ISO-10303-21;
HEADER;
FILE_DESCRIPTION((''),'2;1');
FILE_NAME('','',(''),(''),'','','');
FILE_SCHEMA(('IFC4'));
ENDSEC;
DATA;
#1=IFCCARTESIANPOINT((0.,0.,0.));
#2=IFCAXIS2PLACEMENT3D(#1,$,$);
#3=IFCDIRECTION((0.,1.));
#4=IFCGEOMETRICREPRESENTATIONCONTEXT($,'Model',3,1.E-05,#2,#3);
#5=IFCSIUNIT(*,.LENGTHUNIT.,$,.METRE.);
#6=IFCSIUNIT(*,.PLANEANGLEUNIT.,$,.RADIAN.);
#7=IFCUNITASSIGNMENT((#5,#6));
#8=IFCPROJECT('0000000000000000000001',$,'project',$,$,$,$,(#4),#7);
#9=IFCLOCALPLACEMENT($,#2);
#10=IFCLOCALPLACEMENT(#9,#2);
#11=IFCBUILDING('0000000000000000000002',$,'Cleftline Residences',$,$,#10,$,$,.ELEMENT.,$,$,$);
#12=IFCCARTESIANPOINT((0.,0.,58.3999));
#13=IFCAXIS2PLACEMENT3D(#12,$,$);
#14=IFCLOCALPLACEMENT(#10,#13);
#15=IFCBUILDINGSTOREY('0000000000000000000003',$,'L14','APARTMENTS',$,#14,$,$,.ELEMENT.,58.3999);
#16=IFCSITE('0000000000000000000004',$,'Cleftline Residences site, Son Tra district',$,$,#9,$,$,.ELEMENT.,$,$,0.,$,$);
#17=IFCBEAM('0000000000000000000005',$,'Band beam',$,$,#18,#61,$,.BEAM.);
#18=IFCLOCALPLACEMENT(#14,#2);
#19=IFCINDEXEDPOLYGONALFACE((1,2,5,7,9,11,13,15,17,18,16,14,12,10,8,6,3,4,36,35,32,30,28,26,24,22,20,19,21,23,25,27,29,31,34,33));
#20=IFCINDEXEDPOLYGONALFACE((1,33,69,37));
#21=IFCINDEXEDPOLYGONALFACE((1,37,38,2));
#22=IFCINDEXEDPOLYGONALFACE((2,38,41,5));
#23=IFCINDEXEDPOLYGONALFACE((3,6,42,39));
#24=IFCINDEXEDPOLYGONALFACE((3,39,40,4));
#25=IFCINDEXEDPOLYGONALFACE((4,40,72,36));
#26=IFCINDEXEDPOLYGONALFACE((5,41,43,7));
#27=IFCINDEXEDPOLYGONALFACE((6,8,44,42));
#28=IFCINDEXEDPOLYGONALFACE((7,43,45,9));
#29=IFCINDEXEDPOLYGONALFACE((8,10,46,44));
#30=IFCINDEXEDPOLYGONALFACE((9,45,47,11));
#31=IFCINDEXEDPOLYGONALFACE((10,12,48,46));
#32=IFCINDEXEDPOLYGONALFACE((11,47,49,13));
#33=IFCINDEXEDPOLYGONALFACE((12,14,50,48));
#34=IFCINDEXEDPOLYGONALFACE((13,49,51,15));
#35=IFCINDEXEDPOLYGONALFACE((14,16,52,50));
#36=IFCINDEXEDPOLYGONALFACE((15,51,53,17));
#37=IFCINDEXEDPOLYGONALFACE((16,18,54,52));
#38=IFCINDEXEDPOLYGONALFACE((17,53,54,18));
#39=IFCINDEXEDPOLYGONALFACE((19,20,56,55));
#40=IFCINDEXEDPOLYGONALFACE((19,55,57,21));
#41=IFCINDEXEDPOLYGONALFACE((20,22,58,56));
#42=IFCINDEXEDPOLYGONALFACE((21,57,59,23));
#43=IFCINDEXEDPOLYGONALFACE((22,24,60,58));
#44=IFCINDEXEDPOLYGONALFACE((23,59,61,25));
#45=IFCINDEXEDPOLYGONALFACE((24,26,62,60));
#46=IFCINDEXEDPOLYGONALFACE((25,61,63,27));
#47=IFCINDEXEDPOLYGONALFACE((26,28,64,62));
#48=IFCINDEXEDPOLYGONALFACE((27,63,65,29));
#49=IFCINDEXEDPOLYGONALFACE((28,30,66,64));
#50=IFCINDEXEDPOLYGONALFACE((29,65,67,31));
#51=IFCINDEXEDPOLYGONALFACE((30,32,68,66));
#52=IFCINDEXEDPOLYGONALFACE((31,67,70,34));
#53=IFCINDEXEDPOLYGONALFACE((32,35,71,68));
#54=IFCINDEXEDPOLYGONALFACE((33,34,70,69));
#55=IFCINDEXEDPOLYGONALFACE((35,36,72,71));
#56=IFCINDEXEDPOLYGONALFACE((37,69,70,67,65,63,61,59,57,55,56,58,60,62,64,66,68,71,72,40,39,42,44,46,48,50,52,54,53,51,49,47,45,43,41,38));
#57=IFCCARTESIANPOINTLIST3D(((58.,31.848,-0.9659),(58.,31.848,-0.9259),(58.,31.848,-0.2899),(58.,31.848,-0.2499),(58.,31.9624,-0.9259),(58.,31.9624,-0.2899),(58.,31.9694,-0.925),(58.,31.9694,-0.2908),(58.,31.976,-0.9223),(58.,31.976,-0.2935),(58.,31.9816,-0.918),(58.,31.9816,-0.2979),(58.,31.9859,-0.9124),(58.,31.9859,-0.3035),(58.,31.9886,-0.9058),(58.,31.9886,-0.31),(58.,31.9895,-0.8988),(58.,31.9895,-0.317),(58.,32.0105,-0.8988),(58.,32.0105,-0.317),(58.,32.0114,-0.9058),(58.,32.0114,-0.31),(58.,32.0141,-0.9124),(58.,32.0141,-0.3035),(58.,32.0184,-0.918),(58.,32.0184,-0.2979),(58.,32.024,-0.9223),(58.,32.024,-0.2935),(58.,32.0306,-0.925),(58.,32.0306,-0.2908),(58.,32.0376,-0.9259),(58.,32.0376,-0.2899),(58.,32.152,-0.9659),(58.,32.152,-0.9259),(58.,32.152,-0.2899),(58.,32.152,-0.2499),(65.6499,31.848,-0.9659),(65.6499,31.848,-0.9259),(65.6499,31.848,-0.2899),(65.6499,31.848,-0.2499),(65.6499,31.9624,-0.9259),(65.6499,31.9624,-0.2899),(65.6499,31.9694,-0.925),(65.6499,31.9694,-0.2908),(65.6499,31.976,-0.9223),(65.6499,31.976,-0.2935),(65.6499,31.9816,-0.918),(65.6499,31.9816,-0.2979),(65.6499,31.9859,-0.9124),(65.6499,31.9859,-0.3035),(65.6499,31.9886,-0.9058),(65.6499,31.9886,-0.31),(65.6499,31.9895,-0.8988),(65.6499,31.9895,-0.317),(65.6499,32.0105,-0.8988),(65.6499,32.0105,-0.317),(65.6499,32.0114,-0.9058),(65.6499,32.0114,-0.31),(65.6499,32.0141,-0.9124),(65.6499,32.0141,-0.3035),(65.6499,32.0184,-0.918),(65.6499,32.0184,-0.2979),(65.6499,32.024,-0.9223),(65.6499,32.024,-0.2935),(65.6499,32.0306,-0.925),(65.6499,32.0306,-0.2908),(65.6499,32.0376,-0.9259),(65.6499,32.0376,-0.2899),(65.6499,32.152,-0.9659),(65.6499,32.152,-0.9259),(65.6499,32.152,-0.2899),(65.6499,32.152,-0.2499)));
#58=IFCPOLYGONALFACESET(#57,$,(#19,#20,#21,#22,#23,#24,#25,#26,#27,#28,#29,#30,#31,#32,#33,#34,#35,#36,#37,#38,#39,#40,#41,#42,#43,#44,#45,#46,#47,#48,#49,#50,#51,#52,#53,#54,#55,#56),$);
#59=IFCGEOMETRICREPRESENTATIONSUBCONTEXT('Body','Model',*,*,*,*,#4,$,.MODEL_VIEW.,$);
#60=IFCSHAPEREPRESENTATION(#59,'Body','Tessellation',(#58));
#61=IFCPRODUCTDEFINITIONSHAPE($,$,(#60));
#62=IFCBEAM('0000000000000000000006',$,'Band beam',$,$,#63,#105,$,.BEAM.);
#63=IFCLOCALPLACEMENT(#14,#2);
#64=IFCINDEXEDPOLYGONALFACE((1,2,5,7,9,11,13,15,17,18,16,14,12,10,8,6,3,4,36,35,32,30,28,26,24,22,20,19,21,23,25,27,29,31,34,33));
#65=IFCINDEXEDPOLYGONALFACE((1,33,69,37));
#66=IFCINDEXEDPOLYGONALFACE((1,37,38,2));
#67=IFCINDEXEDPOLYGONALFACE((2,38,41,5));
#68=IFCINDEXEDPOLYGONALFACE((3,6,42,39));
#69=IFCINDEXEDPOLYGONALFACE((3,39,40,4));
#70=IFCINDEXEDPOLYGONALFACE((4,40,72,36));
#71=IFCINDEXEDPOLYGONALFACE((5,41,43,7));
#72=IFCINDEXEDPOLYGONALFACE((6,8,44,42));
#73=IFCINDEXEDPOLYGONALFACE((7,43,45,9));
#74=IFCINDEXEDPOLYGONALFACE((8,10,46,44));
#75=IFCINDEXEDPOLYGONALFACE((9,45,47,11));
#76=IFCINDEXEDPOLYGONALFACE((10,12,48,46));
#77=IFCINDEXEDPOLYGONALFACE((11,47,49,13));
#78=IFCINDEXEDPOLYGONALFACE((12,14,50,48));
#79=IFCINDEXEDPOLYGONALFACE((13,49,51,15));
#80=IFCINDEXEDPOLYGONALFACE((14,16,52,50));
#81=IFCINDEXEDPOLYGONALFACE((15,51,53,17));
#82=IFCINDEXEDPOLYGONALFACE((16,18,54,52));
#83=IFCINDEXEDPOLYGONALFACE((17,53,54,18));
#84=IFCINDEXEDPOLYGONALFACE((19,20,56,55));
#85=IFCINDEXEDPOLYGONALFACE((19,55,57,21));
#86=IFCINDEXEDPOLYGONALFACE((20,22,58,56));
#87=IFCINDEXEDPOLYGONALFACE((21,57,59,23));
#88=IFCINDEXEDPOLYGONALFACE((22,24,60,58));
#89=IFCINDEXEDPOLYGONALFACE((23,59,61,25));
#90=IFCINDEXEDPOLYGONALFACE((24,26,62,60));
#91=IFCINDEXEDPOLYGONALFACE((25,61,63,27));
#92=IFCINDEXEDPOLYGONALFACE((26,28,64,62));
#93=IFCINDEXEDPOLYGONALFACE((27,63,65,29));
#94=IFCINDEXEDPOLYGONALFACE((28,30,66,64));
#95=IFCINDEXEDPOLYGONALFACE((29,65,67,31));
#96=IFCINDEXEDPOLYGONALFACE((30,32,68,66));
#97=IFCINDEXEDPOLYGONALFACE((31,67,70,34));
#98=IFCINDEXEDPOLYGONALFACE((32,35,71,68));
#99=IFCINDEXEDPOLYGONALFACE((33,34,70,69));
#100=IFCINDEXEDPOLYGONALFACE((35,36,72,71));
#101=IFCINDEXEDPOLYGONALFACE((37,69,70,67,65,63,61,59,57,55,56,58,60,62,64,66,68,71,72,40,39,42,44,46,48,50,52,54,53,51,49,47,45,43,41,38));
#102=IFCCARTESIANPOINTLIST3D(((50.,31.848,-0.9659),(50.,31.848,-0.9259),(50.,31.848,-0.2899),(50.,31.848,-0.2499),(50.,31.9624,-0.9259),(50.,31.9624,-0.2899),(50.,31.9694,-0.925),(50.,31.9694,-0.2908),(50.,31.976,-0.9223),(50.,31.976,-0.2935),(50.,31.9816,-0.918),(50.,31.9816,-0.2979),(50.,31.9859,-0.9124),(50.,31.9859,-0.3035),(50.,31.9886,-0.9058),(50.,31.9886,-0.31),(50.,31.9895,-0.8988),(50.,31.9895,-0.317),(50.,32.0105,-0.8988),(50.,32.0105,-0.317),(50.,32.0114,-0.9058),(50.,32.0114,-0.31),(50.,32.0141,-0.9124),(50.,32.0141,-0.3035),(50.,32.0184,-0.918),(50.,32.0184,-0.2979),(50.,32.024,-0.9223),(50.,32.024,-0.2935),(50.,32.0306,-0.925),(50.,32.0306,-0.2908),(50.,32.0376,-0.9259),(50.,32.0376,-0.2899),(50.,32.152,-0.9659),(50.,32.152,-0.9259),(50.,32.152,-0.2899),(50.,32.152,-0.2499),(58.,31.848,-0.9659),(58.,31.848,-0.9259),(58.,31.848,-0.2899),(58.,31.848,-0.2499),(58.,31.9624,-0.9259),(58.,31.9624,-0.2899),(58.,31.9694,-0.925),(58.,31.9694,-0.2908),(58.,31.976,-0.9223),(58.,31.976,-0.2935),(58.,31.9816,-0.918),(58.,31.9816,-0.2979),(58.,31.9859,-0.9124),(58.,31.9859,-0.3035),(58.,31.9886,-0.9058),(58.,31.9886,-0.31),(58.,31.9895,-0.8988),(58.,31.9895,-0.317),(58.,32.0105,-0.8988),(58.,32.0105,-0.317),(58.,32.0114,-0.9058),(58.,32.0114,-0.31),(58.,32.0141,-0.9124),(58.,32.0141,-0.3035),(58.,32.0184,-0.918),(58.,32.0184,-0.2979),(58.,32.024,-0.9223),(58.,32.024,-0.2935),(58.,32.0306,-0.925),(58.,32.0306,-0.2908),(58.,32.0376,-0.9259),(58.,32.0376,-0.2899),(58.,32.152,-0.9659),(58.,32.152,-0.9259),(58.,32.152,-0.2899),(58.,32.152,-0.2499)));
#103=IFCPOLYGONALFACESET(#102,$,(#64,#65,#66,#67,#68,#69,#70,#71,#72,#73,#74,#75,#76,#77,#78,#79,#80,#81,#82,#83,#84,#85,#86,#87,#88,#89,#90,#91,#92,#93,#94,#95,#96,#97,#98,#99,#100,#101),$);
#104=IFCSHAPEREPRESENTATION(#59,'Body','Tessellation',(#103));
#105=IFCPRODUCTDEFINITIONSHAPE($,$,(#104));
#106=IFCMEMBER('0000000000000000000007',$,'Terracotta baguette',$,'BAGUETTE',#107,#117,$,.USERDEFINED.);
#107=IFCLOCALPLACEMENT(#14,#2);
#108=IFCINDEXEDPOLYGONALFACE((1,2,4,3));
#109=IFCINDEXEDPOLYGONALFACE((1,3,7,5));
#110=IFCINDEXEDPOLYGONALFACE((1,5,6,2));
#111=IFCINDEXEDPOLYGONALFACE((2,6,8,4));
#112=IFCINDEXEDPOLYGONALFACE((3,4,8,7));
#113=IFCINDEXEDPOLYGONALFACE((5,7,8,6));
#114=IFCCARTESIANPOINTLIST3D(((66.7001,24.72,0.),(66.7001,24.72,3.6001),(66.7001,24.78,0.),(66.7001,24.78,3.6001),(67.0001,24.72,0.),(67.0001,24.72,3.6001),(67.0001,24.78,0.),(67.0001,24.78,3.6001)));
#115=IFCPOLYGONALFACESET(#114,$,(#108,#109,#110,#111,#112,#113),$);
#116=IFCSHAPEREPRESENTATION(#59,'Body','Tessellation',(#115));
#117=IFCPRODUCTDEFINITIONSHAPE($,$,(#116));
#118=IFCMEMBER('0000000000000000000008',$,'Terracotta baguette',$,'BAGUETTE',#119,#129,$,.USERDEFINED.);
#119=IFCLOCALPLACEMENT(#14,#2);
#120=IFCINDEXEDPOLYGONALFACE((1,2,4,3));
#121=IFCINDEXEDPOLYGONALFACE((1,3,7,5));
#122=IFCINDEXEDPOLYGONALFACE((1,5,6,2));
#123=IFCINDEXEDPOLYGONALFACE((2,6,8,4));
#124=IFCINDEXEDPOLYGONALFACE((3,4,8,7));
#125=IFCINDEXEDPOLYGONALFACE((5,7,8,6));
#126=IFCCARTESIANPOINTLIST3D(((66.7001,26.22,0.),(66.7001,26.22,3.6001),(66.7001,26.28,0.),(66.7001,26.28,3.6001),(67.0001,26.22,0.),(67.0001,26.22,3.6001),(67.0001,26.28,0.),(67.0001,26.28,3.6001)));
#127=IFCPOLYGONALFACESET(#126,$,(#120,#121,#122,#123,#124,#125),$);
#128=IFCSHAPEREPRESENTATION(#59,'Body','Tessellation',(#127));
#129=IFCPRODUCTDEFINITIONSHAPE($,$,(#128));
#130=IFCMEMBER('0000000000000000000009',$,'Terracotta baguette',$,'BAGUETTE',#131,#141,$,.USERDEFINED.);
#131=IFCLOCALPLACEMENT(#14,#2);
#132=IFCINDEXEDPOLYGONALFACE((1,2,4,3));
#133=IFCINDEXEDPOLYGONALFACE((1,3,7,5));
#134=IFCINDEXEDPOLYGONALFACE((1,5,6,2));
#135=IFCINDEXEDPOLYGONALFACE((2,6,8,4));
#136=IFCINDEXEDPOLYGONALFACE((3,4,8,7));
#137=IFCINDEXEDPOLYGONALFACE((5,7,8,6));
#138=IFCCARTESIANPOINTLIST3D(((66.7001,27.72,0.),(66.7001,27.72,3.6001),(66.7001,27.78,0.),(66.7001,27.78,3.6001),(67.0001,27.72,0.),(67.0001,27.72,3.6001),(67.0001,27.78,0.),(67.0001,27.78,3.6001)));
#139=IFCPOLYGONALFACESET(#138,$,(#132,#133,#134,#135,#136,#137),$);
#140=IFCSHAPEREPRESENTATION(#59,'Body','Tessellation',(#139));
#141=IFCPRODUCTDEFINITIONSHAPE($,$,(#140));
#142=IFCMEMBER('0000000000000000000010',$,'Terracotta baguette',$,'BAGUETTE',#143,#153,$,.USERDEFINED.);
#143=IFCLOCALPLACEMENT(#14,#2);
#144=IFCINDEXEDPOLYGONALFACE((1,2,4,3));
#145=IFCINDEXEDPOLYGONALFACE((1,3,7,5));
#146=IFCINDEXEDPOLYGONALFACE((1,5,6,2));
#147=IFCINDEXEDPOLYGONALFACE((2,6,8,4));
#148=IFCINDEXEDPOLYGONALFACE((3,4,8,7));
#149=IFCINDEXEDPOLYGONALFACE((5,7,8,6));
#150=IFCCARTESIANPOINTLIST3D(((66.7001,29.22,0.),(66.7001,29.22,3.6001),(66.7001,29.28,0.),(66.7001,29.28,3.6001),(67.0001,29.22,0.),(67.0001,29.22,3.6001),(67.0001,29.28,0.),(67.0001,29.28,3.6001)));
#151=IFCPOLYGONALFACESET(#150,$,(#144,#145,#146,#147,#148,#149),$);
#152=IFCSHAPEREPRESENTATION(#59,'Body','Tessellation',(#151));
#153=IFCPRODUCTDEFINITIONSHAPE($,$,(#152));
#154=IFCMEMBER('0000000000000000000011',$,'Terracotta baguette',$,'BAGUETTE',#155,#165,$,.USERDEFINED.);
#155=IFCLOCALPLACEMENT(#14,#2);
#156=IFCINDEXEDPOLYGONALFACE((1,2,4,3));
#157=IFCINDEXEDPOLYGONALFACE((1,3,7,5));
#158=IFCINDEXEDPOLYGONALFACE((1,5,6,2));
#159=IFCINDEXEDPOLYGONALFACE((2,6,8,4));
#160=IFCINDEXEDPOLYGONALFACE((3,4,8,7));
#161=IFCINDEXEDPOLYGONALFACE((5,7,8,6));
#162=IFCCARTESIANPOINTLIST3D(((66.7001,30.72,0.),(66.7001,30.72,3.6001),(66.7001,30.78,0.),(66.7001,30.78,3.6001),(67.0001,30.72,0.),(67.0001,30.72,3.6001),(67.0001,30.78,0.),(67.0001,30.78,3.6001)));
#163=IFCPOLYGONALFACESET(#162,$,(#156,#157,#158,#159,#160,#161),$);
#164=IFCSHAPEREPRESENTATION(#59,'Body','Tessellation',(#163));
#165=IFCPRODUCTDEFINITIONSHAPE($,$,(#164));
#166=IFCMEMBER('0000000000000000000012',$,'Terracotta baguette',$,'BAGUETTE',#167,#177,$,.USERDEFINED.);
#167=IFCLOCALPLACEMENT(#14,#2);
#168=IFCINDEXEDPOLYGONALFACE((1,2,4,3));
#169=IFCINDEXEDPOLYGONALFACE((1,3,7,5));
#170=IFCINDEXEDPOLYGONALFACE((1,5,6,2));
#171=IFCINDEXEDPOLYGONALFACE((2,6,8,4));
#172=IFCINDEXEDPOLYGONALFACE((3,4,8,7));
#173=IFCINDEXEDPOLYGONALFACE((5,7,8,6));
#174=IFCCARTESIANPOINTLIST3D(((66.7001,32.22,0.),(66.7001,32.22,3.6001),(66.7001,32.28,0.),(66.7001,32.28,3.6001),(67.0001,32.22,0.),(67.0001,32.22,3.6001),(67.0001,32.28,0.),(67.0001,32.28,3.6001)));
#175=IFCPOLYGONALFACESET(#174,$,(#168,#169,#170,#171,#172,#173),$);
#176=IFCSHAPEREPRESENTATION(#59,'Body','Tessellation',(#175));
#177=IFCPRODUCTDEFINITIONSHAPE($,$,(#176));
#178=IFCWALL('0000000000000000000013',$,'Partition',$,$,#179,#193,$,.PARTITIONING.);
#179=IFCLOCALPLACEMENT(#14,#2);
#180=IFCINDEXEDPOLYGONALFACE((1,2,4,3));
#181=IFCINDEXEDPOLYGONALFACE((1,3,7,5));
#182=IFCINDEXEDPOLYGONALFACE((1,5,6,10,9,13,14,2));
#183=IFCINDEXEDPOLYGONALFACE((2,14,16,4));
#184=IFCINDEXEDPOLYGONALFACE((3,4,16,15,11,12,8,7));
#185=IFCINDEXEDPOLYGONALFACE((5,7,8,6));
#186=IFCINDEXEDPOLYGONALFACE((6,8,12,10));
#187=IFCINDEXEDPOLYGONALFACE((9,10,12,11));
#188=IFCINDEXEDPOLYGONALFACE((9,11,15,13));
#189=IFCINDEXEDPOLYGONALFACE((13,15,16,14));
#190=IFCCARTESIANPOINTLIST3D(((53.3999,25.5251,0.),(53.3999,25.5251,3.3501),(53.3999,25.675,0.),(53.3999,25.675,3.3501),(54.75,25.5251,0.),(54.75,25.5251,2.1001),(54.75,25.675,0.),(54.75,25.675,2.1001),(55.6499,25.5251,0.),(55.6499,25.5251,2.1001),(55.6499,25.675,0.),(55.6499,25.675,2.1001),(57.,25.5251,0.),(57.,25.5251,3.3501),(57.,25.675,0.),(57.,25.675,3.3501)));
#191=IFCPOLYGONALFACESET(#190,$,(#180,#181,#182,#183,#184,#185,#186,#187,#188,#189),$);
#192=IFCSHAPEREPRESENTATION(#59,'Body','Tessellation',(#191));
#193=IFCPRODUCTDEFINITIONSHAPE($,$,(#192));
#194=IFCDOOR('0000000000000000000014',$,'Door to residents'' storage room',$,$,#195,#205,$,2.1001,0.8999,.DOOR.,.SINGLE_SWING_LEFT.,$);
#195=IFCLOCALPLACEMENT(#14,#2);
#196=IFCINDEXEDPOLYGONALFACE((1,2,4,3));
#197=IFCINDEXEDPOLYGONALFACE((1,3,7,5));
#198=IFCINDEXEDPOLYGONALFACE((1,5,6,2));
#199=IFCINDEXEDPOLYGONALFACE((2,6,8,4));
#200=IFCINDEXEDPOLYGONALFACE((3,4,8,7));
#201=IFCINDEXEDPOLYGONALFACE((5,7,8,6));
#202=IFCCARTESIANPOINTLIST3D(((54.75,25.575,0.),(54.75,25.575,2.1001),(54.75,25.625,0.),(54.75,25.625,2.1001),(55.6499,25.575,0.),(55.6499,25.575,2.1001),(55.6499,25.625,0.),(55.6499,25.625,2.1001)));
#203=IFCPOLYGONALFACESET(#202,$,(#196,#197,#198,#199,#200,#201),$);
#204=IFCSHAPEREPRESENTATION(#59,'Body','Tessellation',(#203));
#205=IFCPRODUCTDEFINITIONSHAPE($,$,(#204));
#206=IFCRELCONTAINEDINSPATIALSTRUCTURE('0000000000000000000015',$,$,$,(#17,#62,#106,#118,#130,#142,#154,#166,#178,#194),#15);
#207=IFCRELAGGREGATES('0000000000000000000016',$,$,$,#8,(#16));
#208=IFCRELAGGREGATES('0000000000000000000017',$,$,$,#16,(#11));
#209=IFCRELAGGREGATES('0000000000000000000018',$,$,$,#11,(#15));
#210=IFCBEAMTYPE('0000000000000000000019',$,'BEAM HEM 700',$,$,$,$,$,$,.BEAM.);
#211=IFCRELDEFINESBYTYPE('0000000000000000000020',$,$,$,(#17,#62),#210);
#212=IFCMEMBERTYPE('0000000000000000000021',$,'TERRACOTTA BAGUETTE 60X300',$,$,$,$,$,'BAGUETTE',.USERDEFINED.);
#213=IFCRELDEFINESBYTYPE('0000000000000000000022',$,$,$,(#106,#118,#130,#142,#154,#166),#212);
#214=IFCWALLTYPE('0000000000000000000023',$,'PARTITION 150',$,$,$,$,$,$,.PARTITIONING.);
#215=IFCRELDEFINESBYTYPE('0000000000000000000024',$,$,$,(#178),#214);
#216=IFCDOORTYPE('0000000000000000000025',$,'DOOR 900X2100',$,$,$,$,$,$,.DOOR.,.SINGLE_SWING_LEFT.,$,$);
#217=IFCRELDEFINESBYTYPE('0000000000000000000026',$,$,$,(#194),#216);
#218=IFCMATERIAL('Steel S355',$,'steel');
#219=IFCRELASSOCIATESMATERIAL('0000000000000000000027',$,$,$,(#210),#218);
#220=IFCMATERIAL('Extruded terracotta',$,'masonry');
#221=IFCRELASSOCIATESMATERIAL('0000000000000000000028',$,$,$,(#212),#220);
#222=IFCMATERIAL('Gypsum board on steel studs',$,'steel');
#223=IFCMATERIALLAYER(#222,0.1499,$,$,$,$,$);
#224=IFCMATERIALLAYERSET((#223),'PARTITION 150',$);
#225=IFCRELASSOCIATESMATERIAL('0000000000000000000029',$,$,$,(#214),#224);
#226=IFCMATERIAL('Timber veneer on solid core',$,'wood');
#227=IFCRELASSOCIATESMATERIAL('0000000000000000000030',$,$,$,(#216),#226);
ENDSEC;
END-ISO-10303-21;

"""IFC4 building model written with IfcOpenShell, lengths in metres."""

from ifc_helpers import new_model, si_unit, direction, frame, frame_2d, origin, origin_2d, place, context, subcontext, project, spatial, rectangle, i_section, extrude, material, layer, layer_set, material_profile, profile_set, type_object, element, fill, save


model = new_model("IFC4")

# Units and contexts
model_context = context("Model", 3, precision=1e-05, world=origin(), true_north=direction((0.0, 1.0)))
body_context = subcontext(model_context, "Body", "Model", "MODEL_VIEW")
ifc_project = project(units=[si_unit("LENGTHUNIT", "METRE"), si_unit("PLANEANGLEUNIT", "RADIAN")], contexts=[model_context])

# Site, building, storey
site_placement = place(None, origin())
site = spatial("IfcSite", under=ifc_project, at=site_placement, Name="Cleftline Residences site, Son Tra district", CompositionType="ELEMENT", RefElevation=0.0)
building_placement = place(site_placement, origin())
building = spatial("IfcBuilding", under=site, at=building_placement, Name="Cleftline Residences", CompositionType="ELEMENT")
storey_placement = place(building_placement, frame((0.0, 0.0, 58.3999)))
storey = spatial("IfcBuildingStorey", under=building, at=storey_placement, Name="L14", Description="APARTMENTS", CompositionType="ELEMENT", Elevation=58.3999)

# Beams
ifc_material_1 = material(Name="Steel S355", Category="steel")
ifc_material_profile_1 = material_profile(ifc_material_1, i_section(OverallWidth=0.304, OverallDepth=0.7161, WebThickness=0.021, FlangeThickness=0.04, FilletRadius=0.0271, at=origin_2d()))
ifc_profile_set_1 = profile_set([ifc_material_profile_1], Name="Steel S355")
beam_type_1 = type_object("IfcBeamType", Name="BEAM HEM 700", PredefinedType="BEAM", material=ifc_profile_set_1)
beam_1_placement = place(storey_placement, frame((65.6499, 32.0, -0.6079), z_axis=(-1.0, 0.0, 0.0), x_axis=(0.0, -1.0, 0.0)))
element("IfcBeam", 1, at=beam_1_placement, inside=storey, type_object=beam_type_1, Name="Band beam", PredefinedType="BEAM", context=body_context, shape_type="SweptSolid", body=[
    extrude(i_section(OverallWidth=0.304, OverallDepth=0.7161, WebThickness=0.021, FlangeThickness=0.04, FilletRadius=0.0271, at=origin_2d()), origin(), (0.0, 0.0, 1.0), 7.6499),
])
beam_2_placement = place(storey_placement, frame((58.0, 32.0, -0.6079), z_axis=(-1.0, 0.0, 0.0), x_axis=(0.0, -1.0, 0.0)))
element("IfcBeam", 2, at=beam_2_placement, inside=storey, type_object=beam_type_1, Name="Band beam", PredefinedType="BEAM", context=body_context, shape_type="SweptSolid", body=[
    extrude(i_section(OverallWidth=0.304, OverallDepth=0.7161, WebThickness=0.021, FlangeThickness=0.04, FilletRadius=0.0271, at=origin_2d()), origin(), (0.0, 0.0, 1.0), 8.0),
])

# Members
ifc_material_2 = material(Name="Extruded terracotta", Category="masonry")
ifc_material_profile_2 = material_profile(ifc_material_2, rectangle(XDim=0.0601, YDim=0.3, at=origin_2d()))
ifc_profile_set_2 = profile_set([ifc_material_profile_2], Name="Extruded terracotta")
member_type_1 = type_object("IfcMemberType", Name="TERRACOTTA BAGUETTE 60X300", ElementType="BAGUETTE", PredefinedType="USERDEFINED", material=ifc_profile_set_2)
for number, where, z_axis, x_axis, name in (
    (3, (66.8501, 24.75, 0.0), (0.0, 0.0, 1.0), (0.0, 1.0, 0.0), "Terracotta baguette"),
    (4, (66.8501, 26.25, 0.0), (0.0, 0.0, 1.0), (0.0, 1.0, 0.0), "Terracotta baguette"),
    (5, (66.8501, 27.75, 0.0), (0.0, 0.0, 1.0), (0.0, 1.0, 0.0), "Terracotta baguette"),
    (6, (66.8501, 29.25, 0.0), (0.0, 0.0, 1.0), (0.0, 1.0, 0.0), "Terracotta baguette"),
    (7, (66.8501, 30.75, 0.0), (0.0, 0.0, 1.0), (0.0, 1.0, 0.0), "Terracotta baguette"),
    (8, (66.8501, 32.25, 0.0), (0.0, 0.0, 1.0), (0.0, 1.0, 0.0), "Terracotta baguette"),
):
    element("IfcMember", number, at=place(storey_placement, frame(where, z_axis=z_axis, x_axis=x_axis)), inside=storey, type_object=member_type_1, Name=name, ObjectType="BAGUETTE", PredefinedType="USERDEFINED", context=body_context, shape_type="SweptSolid", body=[
        extrude(rectangle(XDim=0.0601, YDim=0.3, at=origin_2d()), origin(), (0.0, 0.0, 1.0), 3.6001),
    ])

# Wall, opening, door
ifc_material_3 = material(Name="Gypsum board on steel studs", Category="steel")
ifc_layer_1 = layer(ifc_material_3, 0.1499)
ifc_layer_set_1 = layer_set([ifc_layer_1], Name="PARTITION 150")
wall_type_1 = type_object("IfcWallType", Name="PARTITION 150", PredefinedType="PARTITIONING", material=ifc_layer_set_1)
wall_1_placement = place(storey_placement, frame((53.3999, 25.6001, 0.0), z_axis=(0.0, 0.0, 1.0), x_axis=(1.0, 0.0, 0.0)))
wall_1 = element("IfcWall", 9, at=wall_1_placement, inside=storey, type_object=wall_type_1, Name="Partition", PredefinedType="PARTITIONING", context=body_context, shape_type="SweptSolid", body=[
    extrude(rectangle(XDim=3.6001, YDim=0.1499, at=frame_2d((1.8, 0.0))), origin(), (0.0, 0.0, 1.0), 3.3501),
])
opening_1_placement = place(wall_1_placement, frame((1.3501, 0.0, 0.0)))
opening_1 = element("IfcOpeningElement", 10, at=opening_1_placement, cuts=wall_1, PredefinedType="OPENING", context=body_context, shape_type="SweptSolid", body=[
    extrude(rectangle(XDim=0.8999, YDim=2.1001, at=frame_2d((0.45, 1.05))), frame((0.0, 0.085, 0.0), z_axis=(0.0, -1.0, 0.0), x_axis=(1.0, 0.0, 0.0)), (0.0, 0.0, 1.0), 0.1699),
])
ifc_material_4 = material(Name="Timber veneer on solid core", Category="wood")
door_type_1 = type_object("IfcDoorType", Name="DOOR 900X2100", OperationType="SINGLE_SWING_LEFT", PredefinedType="DOOR", material=ifc_material_4)
door_1_placement = place(opening_1_placement, origin())
door_1 = element("IfcDoor", 11, at=door_1_placement, inside=storey, type_object=door_type_1, Name="Door to residents' storage room", OperationType="SINGLE_SWING_LEFT", OverallHeight=2.1001, OverallWidth=0.8999, PredefinedType="DOOR", context=body_context, shape_type="SweptSolid", body=[
    extrude(rectangle(XDim=0.8999, YDim=2.1001, at=frame_2d((0.45, 1.05))), frame((0.0, 0.0249, 0.0), z_axis=(0.0, -1.0, 0.0), x_axis=(1.0, 0.0, 0.0)), (0.0, 0.0, 1.0), 0.05),
])
fill(opening_1, door_1)

save(model, "model.ifc")
